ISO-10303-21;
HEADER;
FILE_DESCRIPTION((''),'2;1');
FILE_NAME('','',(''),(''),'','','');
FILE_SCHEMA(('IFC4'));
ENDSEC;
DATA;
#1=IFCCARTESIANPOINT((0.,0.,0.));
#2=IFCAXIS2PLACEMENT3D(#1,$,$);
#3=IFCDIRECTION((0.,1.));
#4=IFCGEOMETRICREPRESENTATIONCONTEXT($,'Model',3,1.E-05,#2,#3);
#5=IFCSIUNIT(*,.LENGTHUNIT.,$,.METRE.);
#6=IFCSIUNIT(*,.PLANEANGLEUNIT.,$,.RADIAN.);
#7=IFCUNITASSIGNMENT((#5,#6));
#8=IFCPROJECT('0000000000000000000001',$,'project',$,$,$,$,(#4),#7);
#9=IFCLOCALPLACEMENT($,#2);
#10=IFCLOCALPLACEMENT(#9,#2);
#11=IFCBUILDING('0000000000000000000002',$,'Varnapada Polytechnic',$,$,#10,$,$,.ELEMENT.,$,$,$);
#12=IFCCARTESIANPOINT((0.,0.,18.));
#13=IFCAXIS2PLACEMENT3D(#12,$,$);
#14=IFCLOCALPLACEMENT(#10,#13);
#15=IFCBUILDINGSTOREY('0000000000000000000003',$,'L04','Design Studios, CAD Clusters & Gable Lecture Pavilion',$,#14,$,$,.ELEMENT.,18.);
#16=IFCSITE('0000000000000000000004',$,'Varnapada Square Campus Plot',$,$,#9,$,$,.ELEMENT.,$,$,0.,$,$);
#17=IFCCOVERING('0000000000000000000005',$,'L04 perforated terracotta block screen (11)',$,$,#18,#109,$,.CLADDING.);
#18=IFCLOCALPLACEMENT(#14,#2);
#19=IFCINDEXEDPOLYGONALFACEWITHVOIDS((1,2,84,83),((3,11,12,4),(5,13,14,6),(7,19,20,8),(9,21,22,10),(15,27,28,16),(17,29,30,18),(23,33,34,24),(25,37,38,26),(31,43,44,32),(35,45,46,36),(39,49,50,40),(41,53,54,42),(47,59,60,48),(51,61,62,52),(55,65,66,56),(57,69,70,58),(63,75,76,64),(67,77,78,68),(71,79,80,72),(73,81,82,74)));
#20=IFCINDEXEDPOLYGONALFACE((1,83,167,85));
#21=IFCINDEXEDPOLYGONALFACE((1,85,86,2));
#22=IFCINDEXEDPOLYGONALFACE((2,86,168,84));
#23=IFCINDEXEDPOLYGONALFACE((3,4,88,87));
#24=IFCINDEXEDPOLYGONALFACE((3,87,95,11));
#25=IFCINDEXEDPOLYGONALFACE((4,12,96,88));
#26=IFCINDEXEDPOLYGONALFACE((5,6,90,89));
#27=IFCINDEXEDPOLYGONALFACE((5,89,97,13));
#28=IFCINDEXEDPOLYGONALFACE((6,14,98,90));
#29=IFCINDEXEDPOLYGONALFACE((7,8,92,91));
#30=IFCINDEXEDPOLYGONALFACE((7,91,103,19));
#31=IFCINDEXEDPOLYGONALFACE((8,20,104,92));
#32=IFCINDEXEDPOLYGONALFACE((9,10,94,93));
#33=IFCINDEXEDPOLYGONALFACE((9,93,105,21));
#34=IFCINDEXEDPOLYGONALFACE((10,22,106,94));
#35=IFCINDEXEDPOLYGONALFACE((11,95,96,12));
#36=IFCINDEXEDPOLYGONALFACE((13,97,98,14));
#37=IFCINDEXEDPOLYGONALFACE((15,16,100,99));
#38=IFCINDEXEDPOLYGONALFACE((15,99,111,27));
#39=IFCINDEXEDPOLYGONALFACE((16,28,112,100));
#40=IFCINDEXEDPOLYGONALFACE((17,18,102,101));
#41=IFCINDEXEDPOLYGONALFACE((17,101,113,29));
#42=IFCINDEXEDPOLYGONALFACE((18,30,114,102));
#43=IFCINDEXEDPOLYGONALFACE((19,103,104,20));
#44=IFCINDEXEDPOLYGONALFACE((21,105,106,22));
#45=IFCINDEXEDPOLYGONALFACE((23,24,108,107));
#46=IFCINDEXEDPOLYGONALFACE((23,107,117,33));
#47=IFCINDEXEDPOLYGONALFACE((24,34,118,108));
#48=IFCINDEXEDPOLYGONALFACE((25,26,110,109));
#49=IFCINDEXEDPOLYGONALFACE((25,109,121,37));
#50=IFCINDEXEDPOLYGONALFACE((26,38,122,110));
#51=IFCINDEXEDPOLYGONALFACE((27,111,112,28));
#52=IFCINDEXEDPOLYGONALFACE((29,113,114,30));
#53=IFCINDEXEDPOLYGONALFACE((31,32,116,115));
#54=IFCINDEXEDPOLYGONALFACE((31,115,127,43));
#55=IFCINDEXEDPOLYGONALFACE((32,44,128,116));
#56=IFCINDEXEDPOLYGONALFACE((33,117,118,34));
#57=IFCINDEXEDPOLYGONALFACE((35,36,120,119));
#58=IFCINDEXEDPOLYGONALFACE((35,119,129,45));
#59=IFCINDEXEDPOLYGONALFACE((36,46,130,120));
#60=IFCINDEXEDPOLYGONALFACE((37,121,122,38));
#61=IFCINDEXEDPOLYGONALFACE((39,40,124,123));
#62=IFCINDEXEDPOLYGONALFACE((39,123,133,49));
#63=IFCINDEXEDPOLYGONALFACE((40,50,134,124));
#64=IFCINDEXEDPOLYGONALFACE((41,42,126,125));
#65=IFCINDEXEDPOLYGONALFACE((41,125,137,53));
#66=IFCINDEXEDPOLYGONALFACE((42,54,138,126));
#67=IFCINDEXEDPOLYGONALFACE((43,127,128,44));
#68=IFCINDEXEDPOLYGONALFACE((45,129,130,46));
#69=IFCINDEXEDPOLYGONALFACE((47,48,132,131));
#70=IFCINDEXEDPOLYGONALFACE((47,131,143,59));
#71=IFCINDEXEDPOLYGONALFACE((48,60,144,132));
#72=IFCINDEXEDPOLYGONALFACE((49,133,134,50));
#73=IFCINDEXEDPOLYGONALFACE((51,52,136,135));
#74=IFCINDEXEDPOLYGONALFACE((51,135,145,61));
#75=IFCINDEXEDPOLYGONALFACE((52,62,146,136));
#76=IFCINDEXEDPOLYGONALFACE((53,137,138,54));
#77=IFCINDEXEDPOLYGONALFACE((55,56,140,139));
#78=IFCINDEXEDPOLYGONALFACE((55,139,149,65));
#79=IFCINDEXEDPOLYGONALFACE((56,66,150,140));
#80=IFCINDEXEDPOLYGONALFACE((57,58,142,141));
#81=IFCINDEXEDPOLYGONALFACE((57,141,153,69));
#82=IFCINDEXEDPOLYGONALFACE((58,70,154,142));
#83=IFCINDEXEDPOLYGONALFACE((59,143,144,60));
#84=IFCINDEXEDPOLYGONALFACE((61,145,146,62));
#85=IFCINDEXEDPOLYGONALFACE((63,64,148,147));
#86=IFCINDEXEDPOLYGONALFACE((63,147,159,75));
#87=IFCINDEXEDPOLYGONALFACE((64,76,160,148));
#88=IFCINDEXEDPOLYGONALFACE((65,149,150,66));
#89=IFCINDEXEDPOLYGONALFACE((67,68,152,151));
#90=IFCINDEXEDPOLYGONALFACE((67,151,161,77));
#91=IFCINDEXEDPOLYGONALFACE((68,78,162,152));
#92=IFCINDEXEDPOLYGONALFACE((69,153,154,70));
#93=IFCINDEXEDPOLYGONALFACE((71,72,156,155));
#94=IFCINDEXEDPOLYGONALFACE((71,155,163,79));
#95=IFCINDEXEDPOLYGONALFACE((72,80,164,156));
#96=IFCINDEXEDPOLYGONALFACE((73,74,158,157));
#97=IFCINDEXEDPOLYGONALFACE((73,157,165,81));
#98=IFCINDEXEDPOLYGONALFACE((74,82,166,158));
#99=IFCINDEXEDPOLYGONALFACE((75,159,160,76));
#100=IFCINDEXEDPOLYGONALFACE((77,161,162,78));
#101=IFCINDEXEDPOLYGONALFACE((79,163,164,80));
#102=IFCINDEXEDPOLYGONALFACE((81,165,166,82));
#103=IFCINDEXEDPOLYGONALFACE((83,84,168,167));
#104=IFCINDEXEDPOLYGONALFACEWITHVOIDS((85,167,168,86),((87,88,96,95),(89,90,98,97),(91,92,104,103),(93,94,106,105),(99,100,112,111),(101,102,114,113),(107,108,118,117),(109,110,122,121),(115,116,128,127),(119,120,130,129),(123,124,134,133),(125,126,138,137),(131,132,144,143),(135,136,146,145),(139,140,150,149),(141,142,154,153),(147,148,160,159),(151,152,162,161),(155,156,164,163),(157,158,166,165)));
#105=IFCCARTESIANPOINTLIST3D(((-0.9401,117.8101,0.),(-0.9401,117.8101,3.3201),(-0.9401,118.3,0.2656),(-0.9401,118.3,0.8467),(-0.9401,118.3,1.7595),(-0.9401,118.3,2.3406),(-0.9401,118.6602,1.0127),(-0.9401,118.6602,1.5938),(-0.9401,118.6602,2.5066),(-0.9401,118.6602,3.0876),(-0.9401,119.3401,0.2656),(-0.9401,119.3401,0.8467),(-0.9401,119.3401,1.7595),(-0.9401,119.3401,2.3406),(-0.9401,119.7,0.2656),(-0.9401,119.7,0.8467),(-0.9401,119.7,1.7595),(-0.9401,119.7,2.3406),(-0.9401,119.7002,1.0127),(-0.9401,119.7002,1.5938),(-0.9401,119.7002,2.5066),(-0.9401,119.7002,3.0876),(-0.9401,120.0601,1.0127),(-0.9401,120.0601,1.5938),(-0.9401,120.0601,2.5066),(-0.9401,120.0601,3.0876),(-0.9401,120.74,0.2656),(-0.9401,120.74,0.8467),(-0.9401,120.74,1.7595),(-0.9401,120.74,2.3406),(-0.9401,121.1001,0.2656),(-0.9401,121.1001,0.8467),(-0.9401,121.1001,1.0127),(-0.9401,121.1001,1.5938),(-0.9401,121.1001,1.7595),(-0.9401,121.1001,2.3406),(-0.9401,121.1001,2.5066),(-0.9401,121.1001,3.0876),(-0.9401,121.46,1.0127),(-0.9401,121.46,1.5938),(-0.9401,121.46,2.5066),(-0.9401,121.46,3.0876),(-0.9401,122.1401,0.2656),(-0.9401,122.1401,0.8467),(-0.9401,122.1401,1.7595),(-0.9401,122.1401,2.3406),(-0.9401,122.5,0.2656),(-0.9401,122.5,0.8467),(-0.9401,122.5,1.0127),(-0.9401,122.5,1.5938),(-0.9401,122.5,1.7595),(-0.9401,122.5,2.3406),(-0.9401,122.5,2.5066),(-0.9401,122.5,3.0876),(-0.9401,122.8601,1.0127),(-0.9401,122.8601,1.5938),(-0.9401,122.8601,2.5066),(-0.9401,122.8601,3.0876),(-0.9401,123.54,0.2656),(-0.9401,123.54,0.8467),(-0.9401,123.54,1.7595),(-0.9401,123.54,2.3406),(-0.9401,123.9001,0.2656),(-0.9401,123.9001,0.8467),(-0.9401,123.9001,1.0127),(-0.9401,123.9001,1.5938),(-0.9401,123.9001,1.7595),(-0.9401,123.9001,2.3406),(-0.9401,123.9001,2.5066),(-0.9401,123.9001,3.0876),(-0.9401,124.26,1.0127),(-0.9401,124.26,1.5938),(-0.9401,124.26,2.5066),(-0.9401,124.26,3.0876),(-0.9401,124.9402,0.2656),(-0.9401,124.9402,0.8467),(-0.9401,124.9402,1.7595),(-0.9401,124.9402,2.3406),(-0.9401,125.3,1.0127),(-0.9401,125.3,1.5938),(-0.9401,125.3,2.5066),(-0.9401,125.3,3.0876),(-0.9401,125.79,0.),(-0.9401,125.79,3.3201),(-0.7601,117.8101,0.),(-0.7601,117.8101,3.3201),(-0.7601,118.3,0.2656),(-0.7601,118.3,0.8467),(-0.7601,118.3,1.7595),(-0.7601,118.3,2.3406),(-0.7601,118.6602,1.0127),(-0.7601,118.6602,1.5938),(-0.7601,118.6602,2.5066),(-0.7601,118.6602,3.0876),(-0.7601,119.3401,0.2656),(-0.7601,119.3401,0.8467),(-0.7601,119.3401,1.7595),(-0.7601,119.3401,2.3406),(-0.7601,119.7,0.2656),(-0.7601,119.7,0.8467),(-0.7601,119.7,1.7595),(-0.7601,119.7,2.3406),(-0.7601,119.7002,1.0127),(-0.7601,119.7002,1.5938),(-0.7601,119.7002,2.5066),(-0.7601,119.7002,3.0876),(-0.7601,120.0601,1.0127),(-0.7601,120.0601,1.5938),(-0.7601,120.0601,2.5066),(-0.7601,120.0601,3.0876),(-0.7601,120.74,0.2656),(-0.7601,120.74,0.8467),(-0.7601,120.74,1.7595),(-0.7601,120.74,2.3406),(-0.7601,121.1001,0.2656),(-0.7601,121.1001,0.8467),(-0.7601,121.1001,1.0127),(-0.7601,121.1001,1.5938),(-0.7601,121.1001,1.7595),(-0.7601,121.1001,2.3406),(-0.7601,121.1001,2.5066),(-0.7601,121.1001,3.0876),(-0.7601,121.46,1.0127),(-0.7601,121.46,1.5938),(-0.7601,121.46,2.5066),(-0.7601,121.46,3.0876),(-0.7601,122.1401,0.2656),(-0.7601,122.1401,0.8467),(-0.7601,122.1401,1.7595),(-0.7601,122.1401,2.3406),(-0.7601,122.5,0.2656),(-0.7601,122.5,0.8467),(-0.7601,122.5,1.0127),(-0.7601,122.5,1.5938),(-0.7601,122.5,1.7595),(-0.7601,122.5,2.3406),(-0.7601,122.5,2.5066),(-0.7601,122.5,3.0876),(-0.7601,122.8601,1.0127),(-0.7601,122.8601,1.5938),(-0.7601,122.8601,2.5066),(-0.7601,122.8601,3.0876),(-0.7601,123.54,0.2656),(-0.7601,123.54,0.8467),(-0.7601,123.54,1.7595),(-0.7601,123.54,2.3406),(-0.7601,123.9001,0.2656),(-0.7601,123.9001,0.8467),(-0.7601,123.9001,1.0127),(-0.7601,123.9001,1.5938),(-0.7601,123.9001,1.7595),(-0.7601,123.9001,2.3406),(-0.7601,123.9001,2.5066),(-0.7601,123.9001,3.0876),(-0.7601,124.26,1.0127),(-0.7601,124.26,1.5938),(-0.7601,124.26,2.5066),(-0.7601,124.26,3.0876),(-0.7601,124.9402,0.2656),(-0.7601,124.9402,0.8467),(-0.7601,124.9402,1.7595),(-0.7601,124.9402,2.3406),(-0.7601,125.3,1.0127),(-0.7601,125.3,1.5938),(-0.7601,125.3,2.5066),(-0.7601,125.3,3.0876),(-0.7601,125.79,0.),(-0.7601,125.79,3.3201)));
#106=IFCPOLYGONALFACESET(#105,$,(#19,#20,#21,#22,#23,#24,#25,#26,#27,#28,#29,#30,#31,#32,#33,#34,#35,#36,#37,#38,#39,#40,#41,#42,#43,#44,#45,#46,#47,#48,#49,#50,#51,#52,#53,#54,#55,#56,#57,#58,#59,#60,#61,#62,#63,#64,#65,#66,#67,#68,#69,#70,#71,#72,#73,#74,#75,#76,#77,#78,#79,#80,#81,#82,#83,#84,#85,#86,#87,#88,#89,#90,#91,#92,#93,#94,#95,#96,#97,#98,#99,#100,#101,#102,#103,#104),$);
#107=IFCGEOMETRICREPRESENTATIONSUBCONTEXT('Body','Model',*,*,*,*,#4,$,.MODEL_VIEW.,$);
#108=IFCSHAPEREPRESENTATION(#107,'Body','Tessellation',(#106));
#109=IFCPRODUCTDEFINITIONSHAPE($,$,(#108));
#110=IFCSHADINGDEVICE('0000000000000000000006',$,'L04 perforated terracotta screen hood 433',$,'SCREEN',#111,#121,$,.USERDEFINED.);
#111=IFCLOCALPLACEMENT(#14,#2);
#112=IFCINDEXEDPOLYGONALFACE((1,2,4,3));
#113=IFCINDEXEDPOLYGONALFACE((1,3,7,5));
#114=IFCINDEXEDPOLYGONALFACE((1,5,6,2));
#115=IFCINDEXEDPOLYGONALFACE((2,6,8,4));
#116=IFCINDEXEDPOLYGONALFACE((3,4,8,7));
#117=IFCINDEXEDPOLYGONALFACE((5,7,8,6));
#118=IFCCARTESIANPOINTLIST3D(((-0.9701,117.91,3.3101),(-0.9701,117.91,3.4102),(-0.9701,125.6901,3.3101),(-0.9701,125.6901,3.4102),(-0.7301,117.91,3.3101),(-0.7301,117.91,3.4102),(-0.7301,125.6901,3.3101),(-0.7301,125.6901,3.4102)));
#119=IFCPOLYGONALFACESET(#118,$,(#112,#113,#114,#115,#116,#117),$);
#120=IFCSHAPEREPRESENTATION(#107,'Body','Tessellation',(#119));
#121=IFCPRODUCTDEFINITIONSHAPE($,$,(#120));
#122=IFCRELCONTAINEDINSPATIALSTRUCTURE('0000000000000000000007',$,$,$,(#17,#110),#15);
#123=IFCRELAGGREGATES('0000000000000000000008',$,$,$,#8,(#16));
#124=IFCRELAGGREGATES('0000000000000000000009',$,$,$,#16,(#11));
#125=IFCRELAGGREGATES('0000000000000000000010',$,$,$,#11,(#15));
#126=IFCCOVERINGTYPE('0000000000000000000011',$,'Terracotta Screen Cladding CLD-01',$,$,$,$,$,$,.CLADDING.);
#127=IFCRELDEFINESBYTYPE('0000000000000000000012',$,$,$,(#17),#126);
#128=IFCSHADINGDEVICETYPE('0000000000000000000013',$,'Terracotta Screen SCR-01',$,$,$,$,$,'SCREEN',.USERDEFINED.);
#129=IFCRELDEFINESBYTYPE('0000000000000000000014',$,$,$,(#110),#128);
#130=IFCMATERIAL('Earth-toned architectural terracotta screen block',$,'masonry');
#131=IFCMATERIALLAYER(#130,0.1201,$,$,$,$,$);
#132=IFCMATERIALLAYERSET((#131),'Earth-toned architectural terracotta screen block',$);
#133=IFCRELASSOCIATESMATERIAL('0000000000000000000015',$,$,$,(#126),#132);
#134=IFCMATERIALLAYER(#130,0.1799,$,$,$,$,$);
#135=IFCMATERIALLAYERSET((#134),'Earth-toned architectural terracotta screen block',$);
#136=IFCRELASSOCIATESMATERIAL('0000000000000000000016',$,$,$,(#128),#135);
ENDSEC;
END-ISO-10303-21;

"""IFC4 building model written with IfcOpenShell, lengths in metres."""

from ifc_helpers import new_model, si_unit, direction, frame, frame_2d, origin, origin_2d, place, context, subcontext, project, spatial, rectangle, extrude, material, layer, layer_set, type_object, element, save


model = new_model("IFC4")

# Units and contexts
model_context = context("Model", 3, precision=1e-05, world=origin(), true_north=direction((0.0, 1.0)))
body_context = subcontext(model_context, "Body", "Model", "MODEL_VIEW")
ifc_project = project(units=[si_unit("LENGTHUNIT", "METRE"), si_unit("PLANEANGLEUNIT", "RADIAN")], contexts=[model_context])

# Site, building, storey
site_placement = place(None, origin())
site = spatial("IfcSite", under=ifc_project, at=site_placement, Name="Varnapada Square Campus Plot", CompositionType="ELEMENT", RefElevation=0.0)
building_placement = place(site_placement, origin())
building = spatial("IfcBuilding", under=site, at=building_placement, Name="Varnapada Polytechnic", CompositionType="ELEMENT")
storey_placement = place(building_placement, frame((0.0, 0.0, 18.0)))
storey = spatial("IfcBuildingStorey", under=building, at=storey_placement, Name="L04", Description="Design Studios, CAD Clusters & Gable Lecture Pavilion", CompositionType="ELEMENT", Elevation=18.0)

# Covering, openings
ifc_material_1 = material(Name="Earth-toned architectural terracotta screen block", Category="masonry")
ifc_layer_1 = layer(ifc_material_1, 0.1201)
ifc_layer_set_1 = layer_set([ifc_layer_1], Name="Earth-toned architectural terracotta screen block")
covering_type_1 = type_object("IfcCoveringType", Name="Terracotta Screen Cladding CLD-01", PredefinedType="CLADDING", material=ifc_layer_set_1)
covering_1_placement = place(storey_placement, frame((-0.8501, 117.8101, 0.0), z_axis=(0.0, 0.0, 1.0), x_axis=(0.0, 1.0, 0.0)))
covering_1 = element("IfcCovering", 1, at=covering_1_placement, inside=storey, type_object=covering_type_1, Name="L04 perforated terracotta block screen (11)", PredefinedType="CLADDING", context=body_context, shape_type="SweptSolid", body=[
    extrude(rectangle(XDim=7.98, YDim=0.1799, at=frame_2d((3.99, 0.0))), origin(), (0.0, 0.0, 1.0), 3.3201),
])
opening_1_placement = place(covering_1_placement, frame((0.49, 0.0, 0.2656)))
element("IfcOpeningElement", 2, at=opening_1_placement, cuts=covering_1, PredefinedType="OPENING", context=body_context, shape_type="SweptSolid", body=[
    extrude(rectangle(XDim=1.04, YDim=0.5811, at=frame_2d((0.52, 0.2905))), frame((0.0, 0.0999, 0.0), z_axis=(0.0, -1.0, 0.0), x_axis=(1.0, 0.0, 0.0)), (0.0, 0.0, 1.0), 0.2),
])
opening_2_placement = place(covering_1_placement, frame((1.8899, 0.0, 0.2656)))
element("IfcOpeningElement", 3, at=opening_2_placement, cuts=covering_1, PredefinedType="OPENING", context=body_context, shape_type="SweptSolid", body=[
    extrude(rectangle(XDim=1.04, YDim=0.5811, at=frame_2d((0.52, 0.2905))), frame((0.0, 0.0999, 0.0), z_axis=(0.0, -1.0, 0.0), x_axis=(1.0, 0.0, 0.0)), (0.0, 0.0, 1.0), 0.2),
])
opening_3_placement = place(covering_1_placement, frame((3.29, 0.0, 0.2656)))
element("IfcOpeningElement", 4, at=opening_3_placement, cuts=covering_1, PredefinedType="OPENING", context=body_context, shape_type="SweptSolid", body=[
    extrude(rectangle(XDim=1.04, YDim=0.5811, at=frame_2d((0.52, 0.2905))), frame((0.0, 0.0999, 0.0), z_axis=(0.0, -1.0, 0.0), x_axis=(1.0, 0.0, 0.0)), (0.0, 0.0, 1.0), 0.2),
])
opening_4_placement = place(covering_1_placement, frame((4.6899, 0.0, 0.2656)))
element("IfcOpeningElement", 5, at=opening_4_placement, cuts=covering_1, PredefinedType="OPENING", context=body_context, shape_type="SweptSolid", body=[
    extrude(rectangle(XDim=1.04, YDim=0.5811, at=frame_2d((0.52, 0.2905))), frame((0.0, 0.0999, 0.0), z_axis=(0.0, -1.0, 0.0), x_axis=(1.0, 0.0, 0.0)), (0.0, 0.0, 1.0), 0.2),
])
opening_5_placement = place(covering_1_placement, frame((6.0901, 0.0, 0.2656)))
element("IfcOpeningElement", 6, at=opening_5_placement, cuts=covering_1, PredefinedType="OPENING", context=body_context, shape_type="SweptSolid", body=[
    extrude(rectangle(XDim=1.04, YDim=0.5811, at=frame_2d((0.52, 0.2905))), frame((0.0, 0.0999, 0.0), z_axis=(0.0, -1.0, 0.0), x_axis=(1.0, 0.0, 0.0)), (0.0, 0.0, 1.0), 0.2),
])
opening_6_placement = place(covering_1_placement, frame((0.8501, 0.0, 1.0127)))
element("IfcOpeningElement", 7, at=opening_6_placement, cuts=covering_1, PredefinedType="OPENING", context=body_context, shape_type="SweptSolid", body=[
    extrude(rectangle(XDim=1.04, YDim=0.5811, at=frame_2d((0.52, 0.2905))), frame((0.0, 0.0999, 0.0), z_axis=(0.0, -1.0, 0.0), x_axis=(1.0, 0.0, 0.0)), (0.0, 0.0, 1.0), 0.2),
])
opening_7_placement = place(covering_1_placement, frame((2.25, 0.0, 1.0127)))
element("IfcOpeningElement", 8, at=opening_7_placement, cuts=covering_1, PredefinedType="OPENING", context=body_context, shape_type="SweptSolid", body=[
    extrude(rectangle(XDim=1.04, YDim=0.5811, at=frame_2d((0.52, 0.2905))), frame((0.0, 0.0999, 0.0), z_axis=(0.0, -1.0, 0.0), x_axis=(1.0, 0.0, 0.0)), (0.0, 0.0, 1.0), 0.2),
])
opening_8_placement = place(covering_1_placement, frame((3.6499, 0.0, 1.0127)))
element("IfcOpeningElement", 9, at=opening_8_placement, cuts=covering_1, PredefinedType="OPENING", context=body_context, shape_type="SweptSolid", body=[
    extrude(rectangle(XDim=1.04, YDim=0.5811, at=frame_2d((0.52, 0.2905))), frame((0.0, 0.0999, 0.0), z_axis=(0.0, -1.0, 0.0), x_axis=(1.0, 0.0, 0.0)), (0.0, 0.0, 1.0), 0.2),
])
opening_9_placement = place(covering_1_placement, frame((5.05, 0.0, 1.0127)))
element("IfcOpeningElement", 10, at=opening_9_placement, cuts=covering_1, PredefinedType="OPENING", context=body_context, shape_type="SweptSolid", body=[
    extrude(rectangle(XDim=1.04, YDim=0.5811, at=frame_2d((0.52, 0.2905))), frame((0.0, 0.0999, 0.0), z_axis=(0.0, -1.0, 0.0), x_axis=(1.0, 0.0, 0.0)), (0.0, 0.0, 1.0), 0.2),
])
opening_10_placement = place(covering_1_placement, frame((6.45, 0.0, 1.0127)))
element("IfcOpeningElement", 11, at=opening_10_placement, cuts=covering_1, PredefinedType="OPENING", context=body_context, shape_type="SweptSolid", body=[
    extrude(rectangle(XDim=1.04, YDim=0.5811, at=frame_2d((0.52, 0.2905))), frame((0.0, 0.0999, 0.0), z_axis=(0.0, -1.0, 0.0), x_axis=(1.0, 0.0, 0.0)), (0.0, 0.0, 1.0), 0.2),
])
opening_11_placement = place(covering_1_placement, frame((0.49, 0.0, 1.7595)))
element("IfcOpeningElement", 12, at=opening_11_placement, cuts=covering_1, PredefinedType="OPENING", context=body_context, shape_type="SweptSolid", body=[
    extrude(rectangle(XDim=1.04, YDim=0.5811, at=frame_2d((0.52, 0.2905))), frame((0.0, 0.0999, 0.0), z_axis=(0.0, -1.0, 0.0), x_axis=(1.0, 0.0, 0.0)), (0.0, 0.0, 1.0), 0.2),
])
opening_12_placement = place(covering_1_placement, frame((1.8899, 0.0, 1.7595)))
element("IfcOpeningElement", 13, at=opening_12_placement, cuts=covering_1, PredefinedType="OPENING", context=body_context, shape_type="SweptSolid", body=[
    extrude(rectangle(XDim=1.04, YDim=0.5811, at=frame_2d((0.52, 0.2905))), frame((0.0, 0.0999, 0.0), z_axis=(0.0, -1.0, 0.0), x_axis=(1.0, 0.0, 0.0)), (0.0, 0.0, 1.0), 0.2),
])
opening_13_placement = place(covering_1_placement, frame((3.29, 0.0, 1.7595)))
element("IfcOpeningElement", 14, at=opening_13_placement, cuts=covering_1, PredefinedType="OPENING", context=body_context, shape_type="SweptSolid", body=[
    extrude(rectangle(XDim=1.04, YDim=0.5811, at=frame_2d((0.52, 0.2905))), frame((0.0, 0.0999, 0.0), z_axis=(0.0, -1.0, 0.0), x_axis=(1.0, 0.0, 0.0)), (0.0, 0.0, 1.0), 0.2),
])
opening_14_placement = place(covering_1_placement, frame((4.6899, 0.0, 1.7595)))
element("IfcOpeningElement", 15, at=opening_14_placement, cuts=covering_1, PredefinedType="OPENING", context=body_context, shape_type="SweptSolid", body=[
    extrude(rectangle(XDim=1.04, YDim=0.5811, at=frame_2d((0.52, 0.2905))), frame((0.0, 0.0999, 0.0), z_axis=(0.0, -1.0, 0.0), x_axis=(1.0, 0.0, 0.0)), (0.0, 0.0, 1.0), 0.2),
])
opening_15_placement = place(covering_1_placement, frame((6.0901, 0.0, 1.7595)))
element("IfcOpeningElement", 16, at=opening_15_placement, cuts=covering_1, PredefinedType="OPENING", context=body_context, shape_type="SweptSolid", body=[
    extrude(rectangle(XDim=1.04, YDim=0.5811, at=frame_2d((0.52, 0.2905))), frame((0.0, 0.0999, 0.0), z_axis=(0.0, -1.0, 0.0), x_axis=(1.0, 0.0, 0.0)), (0.0, 0.0, 1.0), 0.2),
])
opening_16_placement = place(covering_1_placement, frame((0.8501, 0.0, 2.5066)))
element("IfcOpeningElement", 17, at=opening_16_placement, cuts=covering_1, PredefinedType="OPENING", context=body_context, shape_type="SweptSolid", body=[
    extrude(rectangle(XDim=1.04, YDim=0.5811, at=frame_2d((0.52, 0.2905))), frame((0.0, 0.0999, 0.0), z_axis=(0.0, -1.0, 0.0), x_axis=(1.0, 0.0, 0.0)), (0.0, 0.0, 1.0), 0.2),
])
opening_17_placement = place(covering_1_placement, frame((2.25, 0.0, 2.5066)))
element("IfcOpeningElement", 18, at=opening_17_placement, cuts=covering_1, PredefinedType="OPENING", context=body_context, shape_type="SweptSolid", body=[
    extrude(rectangle(XDim=1.04, YDim=0.5811, at=frame_2d((0.52, 0.2905))), frame((0.0, 0.0999, 0.0), z_axis=(0.0, -1.0, 0.0), x_axis=(1.0, 0.0, 0.0)), (0.0, 0.0, 1.0), 0.2),
])
opening_18_placement = place(covering_1_placement, frame((3.6499, 0.0, 2.5066)))
element("IfcOpeningElement", 19, at=opening_18_placement, cuts=covering_1, PredefinedType="OPENING", context=body_context, shape_type="SweptSolid", body=[
    extrude(rectangle(XDim=1.04, YDim=0.5811, at=frame_2d((0.52, 0.2905))), frame((0.0, 0.0999, 0.0), z_axis=(0.0, -1.0, 0.0), x_axis=(1.0, 0.0, 0.0)), (0.0, 0.0, 1.0), 0.2),
])
opening_19_placement = place(covering_1_placement, frame((5.05, 0.0, 2.5066)))
element("IfcOpeningElement", 20, at=opening_19_placement, cuts=covering_1, PredefinedType="OPENING", context=body_context, shape_type="SweptSolid", body=[
    extrude(rectangle(XDim=1.04, YDim=0.5811, at=frame_2d((0.52, 0.2905))), frame((0.0, 0.0999, 0.0), z_axis=(0.0, -1.0, 0.0), x_axis=(1.0, 0.0, 0.0)), (0.0, 0.0, 1.0), 0.2),
])
opening_20_placement = place(covering_1_placement, frame((6.45, 0.0, 2.5066)))
element("IfcOpeningElement", 21, at=opening_20_placement, cuts=covering_1, PredefinedType="OPENING", context=body_context, shape_type="SweptSolid", body=[
    extrude(rectangle(XDim=1.04, YDim=0.5811, at=frame_2d((0.52, 0.2905))), frame((0.0, 0.0999, 0.0), z_axis=(0.0, -1.0, 0.0), x_axis=(1.0, 0.0, 0.0)), (0.0, 0.0, 1.0), 0.2),
])

# Shading device
ifc_layer_2 = layer(ifc_material_1, 0.1799)
ifc_layer_set_2 = layer_set([ifc_layer_2], Name="Earth-toned architectural terracotta screen block")
shading_device_type = type_object("IfcShadingDeviceType", Name="Terracotta Screen SCR-01", ElementType="SCREEN", PredefinedType="USERDEFINED", material=ifc_layer_set_2)
shading_device_placement = place(storey_placement, frame((-0.8501, 121.8, 3.3101), z_axis=(0.0, 0.0, 1.0), x_axis=(0.0, 1.0, 0.0)))
element("IfcShadingDevice", 22, at=shading_device_placement, inside=storey, type_object=shading_device_type, Name="L04 perforated terracotta screen hood 433", ObjectType="SCREEN", PredefinedType="USERDEFINED", context=body_context, shape_type="SweptSolid", body=[
    extrude(rectangle(XDim=7.78, YDim=0.24, at=origin_2d()), origin(), (0.0, 0.0, 1.0), 0.1001),
])

save(model, "model.ifc")
